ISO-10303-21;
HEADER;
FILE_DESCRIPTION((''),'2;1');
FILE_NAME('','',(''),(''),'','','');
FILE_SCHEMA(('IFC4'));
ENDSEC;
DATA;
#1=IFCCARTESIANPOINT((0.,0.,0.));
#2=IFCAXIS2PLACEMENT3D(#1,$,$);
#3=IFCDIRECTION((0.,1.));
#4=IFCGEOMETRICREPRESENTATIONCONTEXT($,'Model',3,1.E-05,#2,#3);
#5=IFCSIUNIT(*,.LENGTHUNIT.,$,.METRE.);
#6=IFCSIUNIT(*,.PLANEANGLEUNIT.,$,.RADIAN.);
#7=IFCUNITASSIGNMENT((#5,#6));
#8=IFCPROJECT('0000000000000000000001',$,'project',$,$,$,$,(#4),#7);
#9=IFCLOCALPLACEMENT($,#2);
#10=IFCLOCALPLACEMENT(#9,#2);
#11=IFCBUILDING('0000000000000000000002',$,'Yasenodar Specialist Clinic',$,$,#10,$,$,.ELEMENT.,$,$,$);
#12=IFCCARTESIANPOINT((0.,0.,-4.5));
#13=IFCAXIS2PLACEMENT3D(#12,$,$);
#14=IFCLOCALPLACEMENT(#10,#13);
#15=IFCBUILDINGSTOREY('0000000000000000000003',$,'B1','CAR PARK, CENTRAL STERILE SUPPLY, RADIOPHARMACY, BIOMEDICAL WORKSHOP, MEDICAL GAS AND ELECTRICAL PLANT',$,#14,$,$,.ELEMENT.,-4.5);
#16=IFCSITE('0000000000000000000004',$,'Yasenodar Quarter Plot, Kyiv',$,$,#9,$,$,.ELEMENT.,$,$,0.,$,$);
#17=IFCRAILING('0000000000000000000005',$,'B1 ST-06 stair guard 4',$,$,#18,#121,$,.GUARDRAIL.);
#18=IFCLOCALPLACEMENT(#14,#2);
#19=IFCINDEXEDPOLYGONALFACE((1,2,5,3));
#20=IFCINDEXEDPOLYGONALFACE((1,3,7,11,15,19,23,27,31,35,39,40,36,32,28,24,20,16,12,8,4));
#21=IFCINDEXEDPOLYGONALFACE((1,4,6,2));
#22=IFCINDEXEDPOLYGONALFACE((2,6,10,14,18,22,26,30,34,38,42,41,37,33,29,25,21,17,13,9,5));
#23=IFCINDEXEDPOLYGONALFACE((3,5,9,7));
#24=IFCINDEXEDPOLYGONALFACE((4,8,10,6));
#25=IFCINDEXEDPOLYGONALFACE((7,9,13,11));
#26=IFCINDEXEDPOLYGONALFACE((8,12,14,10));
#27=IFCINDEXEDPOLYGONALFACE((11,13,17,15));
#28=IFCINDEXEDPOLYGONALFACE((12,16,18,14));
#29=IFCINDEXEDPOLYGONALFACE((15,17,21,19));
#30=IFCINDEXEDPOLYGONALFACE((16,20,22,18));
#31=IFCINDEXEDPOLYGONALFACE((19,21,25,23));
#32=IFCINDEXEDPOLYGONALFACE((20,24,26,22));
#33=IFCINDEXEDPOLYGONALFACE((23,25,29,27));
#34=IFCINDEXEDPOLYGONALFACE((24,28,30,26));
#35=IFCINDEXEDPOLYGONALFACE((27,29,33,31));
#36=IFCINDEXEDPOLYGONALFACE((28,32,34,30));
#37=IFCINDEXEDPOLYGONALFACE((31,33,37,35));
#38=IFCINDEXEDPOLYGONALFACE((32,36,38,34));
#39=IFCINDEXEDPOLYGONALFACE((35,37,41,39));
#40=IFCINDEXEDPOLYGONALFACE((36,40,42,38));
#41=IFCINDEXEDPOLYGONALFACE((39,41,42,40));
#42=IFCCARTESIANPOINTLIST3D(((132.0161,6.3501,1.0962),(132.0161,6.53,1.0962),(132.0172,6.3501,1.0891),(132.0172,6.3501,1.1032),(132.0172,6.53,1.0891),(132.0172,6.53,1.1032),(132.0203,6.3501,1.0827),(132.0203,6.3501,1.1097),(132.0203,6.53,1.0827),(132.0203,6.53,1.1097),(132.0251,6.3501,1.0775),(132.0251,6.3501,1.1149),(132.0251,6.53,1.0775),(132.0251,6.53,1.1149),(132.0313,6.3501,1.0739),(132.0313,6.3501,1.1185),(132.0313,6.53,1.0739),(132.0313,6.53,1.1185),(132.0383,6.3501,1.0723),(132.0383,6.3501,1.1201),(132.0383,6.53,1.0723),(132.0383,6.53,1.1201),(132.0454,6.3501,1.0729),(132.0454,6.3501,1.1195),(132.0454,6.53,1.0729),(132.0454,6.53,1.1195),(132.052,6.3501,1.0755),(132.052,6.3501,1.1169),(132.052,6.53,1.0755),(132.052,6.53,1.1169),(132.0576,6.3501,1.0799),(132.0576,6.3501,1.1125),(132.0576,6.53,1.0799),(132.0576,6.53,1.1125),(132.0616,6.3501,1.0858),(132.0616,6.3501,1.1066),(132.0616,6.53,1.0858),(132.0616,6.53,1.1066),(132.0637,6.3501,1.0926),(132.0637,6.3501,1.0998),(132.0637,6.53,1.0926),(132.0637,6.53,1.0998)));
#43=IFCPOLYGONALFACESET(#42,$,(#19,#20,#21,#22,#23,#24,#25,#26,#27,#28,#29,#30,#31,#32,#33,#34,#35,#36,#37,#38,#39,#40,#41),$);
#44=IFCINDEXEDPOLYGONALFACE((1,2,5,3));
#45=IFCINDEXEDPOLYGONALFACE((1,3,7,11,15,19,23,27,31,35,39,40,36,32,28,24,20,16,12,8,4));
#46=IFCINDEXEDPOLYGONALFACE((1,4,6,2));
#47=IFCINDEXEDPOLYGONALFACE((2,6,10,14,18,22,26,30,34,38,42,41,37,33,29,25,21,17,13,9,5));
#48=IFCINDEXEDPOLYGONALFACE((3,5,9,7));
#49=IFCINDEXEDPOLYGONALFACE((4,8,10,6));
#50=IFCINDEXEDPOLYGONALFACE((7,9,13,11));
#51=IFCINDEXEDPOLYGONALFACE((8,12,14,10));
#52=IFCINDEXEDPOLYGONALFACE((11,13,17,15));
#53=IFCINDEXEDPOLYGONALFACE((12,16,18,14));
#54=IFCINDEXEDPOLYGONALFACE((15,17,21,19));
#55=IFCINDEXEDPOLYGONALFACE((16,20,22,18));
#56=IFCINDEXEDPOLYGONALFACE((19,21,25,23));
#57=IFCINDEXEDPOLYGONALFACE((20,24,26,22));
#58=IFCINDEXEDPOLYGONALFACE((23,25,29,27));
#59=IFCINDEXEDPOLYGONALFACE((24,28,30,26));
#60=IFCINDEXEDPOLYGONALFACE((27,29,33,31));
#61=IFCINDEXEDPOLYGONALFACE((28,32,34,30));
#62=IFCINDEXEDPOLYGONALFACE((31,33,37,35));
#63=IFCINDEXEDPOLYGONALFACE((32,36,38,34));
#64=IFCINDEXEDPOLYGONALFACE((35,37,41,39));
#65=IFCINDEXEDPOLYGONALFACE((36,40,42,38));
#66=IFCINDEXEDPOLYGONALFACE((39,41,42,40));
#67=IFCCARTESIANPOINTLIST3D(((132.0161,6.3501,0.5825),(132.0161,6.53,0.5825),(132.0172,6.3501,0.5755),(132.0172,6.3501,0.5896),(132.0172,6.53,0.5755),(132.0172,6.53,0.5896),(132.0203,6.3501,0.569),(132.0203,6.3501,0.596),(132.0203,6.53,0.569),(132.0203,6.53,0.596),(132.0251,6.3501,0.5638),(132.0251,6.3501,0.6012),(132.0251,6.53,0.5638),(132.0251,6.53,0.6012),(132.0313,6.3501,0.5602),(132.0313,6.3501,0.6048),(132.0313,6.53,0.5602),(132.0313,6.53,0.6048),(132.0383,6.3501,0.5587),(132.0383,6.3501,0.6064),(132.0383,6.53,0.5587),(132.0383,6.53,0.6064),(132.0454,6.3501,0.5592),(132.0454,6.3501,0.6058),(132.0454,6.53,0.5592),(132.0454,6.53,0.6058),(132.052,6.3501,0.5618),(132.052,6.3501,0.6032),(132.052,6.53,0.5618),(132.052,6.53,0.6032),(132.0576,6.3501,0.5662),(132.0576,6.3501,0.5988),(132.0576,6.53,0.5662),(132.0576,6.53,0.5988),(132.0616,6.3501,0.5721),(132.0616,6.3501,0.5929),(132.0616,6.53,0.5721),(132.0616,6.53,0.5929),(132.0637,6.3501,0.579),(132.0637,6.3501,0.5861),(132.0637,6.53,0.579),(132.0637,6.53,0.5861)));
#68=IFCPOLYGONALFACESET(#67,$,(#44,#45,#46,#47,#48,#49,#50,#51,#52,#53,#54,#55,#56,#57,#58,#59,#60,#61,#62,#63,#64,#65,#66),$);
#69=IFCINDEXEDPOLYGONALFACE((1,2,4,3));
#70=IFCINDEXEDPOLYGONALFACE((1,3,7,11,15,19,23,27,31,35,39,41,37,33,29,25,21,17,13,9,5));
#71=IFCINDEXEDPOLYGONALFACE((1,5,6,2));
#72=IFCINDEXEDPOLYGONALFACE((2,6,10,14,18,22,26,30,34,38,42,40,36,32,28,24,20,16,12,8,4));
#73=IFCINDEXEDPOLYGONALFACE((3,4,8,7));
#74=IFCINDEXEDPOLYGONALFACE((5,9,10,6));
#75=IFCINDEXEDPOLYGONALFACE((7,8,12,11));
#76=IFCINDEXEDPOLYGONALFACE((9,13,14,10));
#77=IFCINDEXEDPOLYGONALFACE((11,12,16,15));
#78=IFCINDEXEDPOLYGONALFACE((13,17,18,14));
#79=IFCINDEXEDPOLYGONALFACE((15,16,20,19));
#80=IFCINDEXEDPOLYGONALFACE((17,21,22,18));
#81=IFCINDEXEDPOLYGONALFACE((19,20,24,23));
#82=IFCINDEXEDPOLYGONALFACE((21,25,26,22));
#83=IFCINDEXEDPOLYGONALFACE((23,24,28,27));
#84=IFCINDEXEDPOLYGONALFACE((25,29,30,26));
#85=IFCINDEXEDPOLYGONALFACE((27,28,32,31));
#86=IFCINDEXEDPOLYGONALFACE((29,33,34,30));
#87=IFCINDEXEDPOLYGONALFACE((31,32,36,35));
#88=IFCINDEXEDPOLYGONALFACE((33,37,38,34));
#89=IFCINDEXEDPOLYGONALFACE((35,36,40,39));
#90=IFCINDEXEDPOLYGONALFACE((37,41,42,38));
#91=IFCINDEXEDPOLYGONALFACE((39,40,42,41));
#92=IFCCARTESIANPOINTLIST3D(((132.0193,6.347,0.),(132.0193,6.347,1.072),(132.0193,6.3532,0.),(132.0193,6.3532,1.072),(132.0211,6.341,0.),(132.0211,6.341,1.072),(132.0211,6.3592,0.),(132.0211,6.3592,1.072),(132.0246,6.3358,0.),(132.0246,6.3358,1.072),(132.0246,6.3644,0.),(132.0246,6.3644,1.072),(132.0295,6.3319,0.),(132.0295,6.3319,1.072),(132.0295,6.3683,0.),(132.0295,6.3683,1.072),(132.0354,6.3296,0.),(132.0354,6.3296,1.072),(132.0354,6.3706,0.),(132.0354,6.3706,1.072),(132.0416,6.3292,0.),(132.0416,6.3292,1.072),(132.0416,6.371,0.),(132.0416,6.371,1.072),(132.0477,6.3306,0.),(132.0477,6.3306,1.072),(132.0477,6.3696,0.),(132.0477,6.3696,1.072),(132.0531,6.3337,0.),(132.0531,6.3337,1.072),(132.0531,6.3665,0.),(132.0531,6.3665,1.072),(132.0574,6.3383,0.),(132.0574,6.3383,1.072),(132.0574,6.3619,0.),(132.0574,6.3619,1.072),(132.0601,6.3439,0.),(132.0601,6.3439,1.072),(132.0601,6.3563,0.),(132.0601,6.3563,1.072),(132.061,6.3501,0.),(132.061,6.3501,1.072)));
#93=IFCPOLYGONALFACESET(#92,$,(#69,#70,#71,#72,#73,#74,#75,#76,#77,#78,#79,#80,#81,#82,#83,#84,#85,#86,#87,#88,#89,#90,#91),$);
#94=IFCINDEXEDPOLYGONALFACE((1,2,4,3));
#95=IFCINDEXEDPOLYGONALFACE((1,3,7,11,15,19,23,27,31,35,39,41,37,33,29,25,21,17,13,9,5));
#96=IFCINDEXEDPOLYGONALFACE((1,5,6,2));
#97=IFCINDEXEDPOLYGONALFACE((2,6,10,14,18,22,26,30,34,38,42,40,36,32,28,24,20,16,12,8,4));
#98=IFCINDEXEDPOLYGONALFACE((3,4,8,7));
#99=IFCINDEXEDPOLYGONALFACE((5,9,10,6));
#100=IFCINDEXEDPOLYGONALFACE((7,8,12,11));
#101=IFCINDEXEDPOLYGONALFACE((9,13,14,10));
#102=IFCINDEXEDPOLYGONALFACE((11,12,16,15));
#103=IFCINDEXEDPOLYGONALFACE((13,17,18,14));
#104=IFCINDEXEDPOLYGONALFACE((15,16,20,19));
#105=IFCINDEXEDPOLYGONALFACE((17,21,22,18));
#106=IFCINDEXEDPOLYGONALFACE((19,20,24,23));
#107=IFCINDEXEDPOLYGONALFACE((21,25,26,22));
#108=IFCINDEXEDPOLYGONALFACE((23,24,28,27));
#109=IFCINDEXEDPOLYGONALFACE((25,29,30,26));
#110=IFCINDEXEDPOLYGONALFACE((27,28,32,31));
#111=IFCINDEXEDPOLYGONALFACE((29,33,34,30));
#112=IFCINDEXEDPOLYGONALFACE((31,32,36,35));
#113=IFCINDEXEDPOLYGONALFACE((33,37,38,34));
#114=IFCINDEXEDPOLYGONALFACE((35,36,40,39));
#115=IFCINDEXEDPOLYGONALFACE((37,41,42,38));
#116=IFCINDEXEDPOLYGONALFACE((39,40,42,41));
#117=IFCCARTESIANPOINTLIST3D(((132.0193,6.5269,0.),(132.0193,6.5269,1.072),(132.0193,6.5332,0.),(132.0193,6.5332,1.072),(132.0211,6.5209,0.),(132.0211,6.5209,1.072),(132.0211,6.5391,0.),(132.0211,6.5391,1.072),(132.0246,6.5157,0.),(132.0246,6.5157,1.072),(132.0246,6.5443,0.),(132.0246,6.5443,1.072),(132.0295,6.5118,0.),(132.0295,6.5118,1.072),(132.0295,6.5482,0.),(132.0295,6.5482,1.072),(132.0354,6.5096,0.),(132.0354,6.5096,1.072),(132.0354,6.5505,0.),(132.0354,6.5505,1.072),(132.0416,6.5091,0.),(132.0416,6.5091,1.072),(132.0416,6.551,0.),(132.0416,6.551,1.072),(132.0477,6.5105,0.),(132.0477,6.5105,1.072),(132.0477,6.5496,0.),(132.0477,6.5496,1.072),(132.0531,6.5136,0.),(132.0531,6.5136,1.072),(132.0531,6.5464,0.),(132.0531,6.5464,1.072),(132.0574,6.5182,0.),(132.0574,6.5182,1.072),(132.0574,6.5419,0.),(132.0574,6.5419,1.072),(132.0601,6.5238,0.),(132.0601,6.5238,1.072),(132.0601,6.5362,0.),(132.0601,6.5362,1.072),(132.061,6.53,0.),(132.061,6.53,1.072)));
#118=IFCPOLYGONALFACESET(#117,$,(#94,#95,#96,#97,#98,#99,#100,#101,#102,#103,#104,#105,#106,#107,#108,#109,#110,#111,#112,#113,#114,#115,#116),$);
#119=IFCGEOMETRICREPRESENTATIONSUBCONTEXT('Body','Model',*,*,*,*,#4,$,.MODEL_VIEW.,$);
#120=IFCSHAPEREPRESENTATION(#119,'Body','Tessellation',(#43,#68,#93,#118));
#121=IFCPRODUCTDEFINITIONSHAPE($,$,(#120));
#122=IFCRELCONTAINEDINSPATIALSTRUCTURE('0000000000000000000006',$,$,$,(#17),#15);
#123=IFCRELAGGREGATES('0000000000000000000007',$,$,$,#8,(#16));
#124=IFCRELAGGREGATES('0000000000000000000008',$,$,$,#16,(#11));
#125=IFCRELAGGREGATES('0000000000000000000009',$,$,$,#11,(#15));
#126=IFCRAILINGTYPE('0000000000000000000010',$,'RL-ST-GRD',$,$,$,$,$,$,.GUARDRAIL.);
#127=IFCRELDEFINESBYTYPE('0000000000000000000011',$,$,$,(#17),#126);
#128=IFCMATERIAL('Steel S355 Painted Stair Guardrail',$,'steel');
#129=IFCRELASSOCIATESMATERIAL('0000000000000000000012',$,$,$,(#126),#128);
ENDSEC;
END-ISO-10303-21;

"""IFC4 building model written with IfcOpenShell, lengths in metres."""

from ifc_helpers import new_model, si_unit, direction, frame, origin, origin_2d, place, context, subcontext, project, spatial, circle, extrude, material, type_object, element, save


model = new_model("IFC4")

# Units and contexts
model_context = context("Model", 3, precision=1e-05, world=origin(), true_north=direction((0.0, 1.0)))
body_context = subcontext(model_context, "Body", "Model", "MODEL_VIEW")
ifc_project = project(units=[si_unit("LENGTHUNIT", "METRE"), si_unit("PLANEANGLEUNIT", "RADIAN")], contexts=[model_context])

# Site, building, storey
site_placement = place(None, origin())
site = spatial("IfcSite", under=ifc_project, at=site_placement, Name="Yasenodar Quarter Plot, Kyiv", CompositionType="ELEMENT", RefElevation=0.0)
building_placement = place(site_placement, origin())
building = spatial("IfcBuilding", under=site, at=building_placement, Name="Yasenodar Specialist Clinic", CompositionType="ELEMENT")
storey_placement = place(building_placement, frame((0.0, 0.0, -4.5)))
storey = spatial("IfcBuildingStorey", under=building, at=storey_placement, Name="B1", Description="CAR PARK, CENTRAL STERILE SUPPLY, RADIOPHARMACY, BIOMEDICAL WORKSHOP, MEDICAL GAS AND ELECTRICAL PLANT", CompositionType="ELEMENT", Elevation=-4.5)

# Railing
ifc_material_1 = material(Name="Steel S355 Painted Stair Guardrail", Category="steel")
railing_type_1 = type_object("IfcRailingType", Name="RL-ST-GRD", PredefinedType="GUARDRAIL", material=ifc_material_1)
railing_1_placement = place(storey_placement, frame((132.04, 6.3501, 0.0)))
element("IfcRailing", 1, at=railing_1_placement, inside=storey, type_object=railing_type_1, Name="B1 ST-06 stair guard 4", PredefinedType="GUARDRAIL", context=body_context, shape_type="SweptSolid", body=[
    extrude(circle(Radius=0.0239, at=origin_2d()), frame((0.0, 0.0, 1.0962), z_axis=(0.0, 1.0, 0.0), x_axis=(-1.0, 0.0, 0.0)), (0.0, 0.0, 1.0), 0.1799),
    extrude(circle(Radius=0.0239, at=origin_2d()), frame((0.0, 0.0, 0.5825), z_axis=(0.0, 1.0, 0.0), x_axis=(-1.0, 0.0, 0.0)), (0.0, 0.0, 1.0), 0.1799),
    extrude(circle(Radius=0.021, at=origin_2d()), origin(), (0.0, 0.0, 1.0), 1.072),
    extrude(circle(Radius=0.021, at=origin_2d()), frame((0.0, 0.1799, 0.0)), (0.0, 0.0, 1.0), 1.072),
])

save(model, "model.ifc")
